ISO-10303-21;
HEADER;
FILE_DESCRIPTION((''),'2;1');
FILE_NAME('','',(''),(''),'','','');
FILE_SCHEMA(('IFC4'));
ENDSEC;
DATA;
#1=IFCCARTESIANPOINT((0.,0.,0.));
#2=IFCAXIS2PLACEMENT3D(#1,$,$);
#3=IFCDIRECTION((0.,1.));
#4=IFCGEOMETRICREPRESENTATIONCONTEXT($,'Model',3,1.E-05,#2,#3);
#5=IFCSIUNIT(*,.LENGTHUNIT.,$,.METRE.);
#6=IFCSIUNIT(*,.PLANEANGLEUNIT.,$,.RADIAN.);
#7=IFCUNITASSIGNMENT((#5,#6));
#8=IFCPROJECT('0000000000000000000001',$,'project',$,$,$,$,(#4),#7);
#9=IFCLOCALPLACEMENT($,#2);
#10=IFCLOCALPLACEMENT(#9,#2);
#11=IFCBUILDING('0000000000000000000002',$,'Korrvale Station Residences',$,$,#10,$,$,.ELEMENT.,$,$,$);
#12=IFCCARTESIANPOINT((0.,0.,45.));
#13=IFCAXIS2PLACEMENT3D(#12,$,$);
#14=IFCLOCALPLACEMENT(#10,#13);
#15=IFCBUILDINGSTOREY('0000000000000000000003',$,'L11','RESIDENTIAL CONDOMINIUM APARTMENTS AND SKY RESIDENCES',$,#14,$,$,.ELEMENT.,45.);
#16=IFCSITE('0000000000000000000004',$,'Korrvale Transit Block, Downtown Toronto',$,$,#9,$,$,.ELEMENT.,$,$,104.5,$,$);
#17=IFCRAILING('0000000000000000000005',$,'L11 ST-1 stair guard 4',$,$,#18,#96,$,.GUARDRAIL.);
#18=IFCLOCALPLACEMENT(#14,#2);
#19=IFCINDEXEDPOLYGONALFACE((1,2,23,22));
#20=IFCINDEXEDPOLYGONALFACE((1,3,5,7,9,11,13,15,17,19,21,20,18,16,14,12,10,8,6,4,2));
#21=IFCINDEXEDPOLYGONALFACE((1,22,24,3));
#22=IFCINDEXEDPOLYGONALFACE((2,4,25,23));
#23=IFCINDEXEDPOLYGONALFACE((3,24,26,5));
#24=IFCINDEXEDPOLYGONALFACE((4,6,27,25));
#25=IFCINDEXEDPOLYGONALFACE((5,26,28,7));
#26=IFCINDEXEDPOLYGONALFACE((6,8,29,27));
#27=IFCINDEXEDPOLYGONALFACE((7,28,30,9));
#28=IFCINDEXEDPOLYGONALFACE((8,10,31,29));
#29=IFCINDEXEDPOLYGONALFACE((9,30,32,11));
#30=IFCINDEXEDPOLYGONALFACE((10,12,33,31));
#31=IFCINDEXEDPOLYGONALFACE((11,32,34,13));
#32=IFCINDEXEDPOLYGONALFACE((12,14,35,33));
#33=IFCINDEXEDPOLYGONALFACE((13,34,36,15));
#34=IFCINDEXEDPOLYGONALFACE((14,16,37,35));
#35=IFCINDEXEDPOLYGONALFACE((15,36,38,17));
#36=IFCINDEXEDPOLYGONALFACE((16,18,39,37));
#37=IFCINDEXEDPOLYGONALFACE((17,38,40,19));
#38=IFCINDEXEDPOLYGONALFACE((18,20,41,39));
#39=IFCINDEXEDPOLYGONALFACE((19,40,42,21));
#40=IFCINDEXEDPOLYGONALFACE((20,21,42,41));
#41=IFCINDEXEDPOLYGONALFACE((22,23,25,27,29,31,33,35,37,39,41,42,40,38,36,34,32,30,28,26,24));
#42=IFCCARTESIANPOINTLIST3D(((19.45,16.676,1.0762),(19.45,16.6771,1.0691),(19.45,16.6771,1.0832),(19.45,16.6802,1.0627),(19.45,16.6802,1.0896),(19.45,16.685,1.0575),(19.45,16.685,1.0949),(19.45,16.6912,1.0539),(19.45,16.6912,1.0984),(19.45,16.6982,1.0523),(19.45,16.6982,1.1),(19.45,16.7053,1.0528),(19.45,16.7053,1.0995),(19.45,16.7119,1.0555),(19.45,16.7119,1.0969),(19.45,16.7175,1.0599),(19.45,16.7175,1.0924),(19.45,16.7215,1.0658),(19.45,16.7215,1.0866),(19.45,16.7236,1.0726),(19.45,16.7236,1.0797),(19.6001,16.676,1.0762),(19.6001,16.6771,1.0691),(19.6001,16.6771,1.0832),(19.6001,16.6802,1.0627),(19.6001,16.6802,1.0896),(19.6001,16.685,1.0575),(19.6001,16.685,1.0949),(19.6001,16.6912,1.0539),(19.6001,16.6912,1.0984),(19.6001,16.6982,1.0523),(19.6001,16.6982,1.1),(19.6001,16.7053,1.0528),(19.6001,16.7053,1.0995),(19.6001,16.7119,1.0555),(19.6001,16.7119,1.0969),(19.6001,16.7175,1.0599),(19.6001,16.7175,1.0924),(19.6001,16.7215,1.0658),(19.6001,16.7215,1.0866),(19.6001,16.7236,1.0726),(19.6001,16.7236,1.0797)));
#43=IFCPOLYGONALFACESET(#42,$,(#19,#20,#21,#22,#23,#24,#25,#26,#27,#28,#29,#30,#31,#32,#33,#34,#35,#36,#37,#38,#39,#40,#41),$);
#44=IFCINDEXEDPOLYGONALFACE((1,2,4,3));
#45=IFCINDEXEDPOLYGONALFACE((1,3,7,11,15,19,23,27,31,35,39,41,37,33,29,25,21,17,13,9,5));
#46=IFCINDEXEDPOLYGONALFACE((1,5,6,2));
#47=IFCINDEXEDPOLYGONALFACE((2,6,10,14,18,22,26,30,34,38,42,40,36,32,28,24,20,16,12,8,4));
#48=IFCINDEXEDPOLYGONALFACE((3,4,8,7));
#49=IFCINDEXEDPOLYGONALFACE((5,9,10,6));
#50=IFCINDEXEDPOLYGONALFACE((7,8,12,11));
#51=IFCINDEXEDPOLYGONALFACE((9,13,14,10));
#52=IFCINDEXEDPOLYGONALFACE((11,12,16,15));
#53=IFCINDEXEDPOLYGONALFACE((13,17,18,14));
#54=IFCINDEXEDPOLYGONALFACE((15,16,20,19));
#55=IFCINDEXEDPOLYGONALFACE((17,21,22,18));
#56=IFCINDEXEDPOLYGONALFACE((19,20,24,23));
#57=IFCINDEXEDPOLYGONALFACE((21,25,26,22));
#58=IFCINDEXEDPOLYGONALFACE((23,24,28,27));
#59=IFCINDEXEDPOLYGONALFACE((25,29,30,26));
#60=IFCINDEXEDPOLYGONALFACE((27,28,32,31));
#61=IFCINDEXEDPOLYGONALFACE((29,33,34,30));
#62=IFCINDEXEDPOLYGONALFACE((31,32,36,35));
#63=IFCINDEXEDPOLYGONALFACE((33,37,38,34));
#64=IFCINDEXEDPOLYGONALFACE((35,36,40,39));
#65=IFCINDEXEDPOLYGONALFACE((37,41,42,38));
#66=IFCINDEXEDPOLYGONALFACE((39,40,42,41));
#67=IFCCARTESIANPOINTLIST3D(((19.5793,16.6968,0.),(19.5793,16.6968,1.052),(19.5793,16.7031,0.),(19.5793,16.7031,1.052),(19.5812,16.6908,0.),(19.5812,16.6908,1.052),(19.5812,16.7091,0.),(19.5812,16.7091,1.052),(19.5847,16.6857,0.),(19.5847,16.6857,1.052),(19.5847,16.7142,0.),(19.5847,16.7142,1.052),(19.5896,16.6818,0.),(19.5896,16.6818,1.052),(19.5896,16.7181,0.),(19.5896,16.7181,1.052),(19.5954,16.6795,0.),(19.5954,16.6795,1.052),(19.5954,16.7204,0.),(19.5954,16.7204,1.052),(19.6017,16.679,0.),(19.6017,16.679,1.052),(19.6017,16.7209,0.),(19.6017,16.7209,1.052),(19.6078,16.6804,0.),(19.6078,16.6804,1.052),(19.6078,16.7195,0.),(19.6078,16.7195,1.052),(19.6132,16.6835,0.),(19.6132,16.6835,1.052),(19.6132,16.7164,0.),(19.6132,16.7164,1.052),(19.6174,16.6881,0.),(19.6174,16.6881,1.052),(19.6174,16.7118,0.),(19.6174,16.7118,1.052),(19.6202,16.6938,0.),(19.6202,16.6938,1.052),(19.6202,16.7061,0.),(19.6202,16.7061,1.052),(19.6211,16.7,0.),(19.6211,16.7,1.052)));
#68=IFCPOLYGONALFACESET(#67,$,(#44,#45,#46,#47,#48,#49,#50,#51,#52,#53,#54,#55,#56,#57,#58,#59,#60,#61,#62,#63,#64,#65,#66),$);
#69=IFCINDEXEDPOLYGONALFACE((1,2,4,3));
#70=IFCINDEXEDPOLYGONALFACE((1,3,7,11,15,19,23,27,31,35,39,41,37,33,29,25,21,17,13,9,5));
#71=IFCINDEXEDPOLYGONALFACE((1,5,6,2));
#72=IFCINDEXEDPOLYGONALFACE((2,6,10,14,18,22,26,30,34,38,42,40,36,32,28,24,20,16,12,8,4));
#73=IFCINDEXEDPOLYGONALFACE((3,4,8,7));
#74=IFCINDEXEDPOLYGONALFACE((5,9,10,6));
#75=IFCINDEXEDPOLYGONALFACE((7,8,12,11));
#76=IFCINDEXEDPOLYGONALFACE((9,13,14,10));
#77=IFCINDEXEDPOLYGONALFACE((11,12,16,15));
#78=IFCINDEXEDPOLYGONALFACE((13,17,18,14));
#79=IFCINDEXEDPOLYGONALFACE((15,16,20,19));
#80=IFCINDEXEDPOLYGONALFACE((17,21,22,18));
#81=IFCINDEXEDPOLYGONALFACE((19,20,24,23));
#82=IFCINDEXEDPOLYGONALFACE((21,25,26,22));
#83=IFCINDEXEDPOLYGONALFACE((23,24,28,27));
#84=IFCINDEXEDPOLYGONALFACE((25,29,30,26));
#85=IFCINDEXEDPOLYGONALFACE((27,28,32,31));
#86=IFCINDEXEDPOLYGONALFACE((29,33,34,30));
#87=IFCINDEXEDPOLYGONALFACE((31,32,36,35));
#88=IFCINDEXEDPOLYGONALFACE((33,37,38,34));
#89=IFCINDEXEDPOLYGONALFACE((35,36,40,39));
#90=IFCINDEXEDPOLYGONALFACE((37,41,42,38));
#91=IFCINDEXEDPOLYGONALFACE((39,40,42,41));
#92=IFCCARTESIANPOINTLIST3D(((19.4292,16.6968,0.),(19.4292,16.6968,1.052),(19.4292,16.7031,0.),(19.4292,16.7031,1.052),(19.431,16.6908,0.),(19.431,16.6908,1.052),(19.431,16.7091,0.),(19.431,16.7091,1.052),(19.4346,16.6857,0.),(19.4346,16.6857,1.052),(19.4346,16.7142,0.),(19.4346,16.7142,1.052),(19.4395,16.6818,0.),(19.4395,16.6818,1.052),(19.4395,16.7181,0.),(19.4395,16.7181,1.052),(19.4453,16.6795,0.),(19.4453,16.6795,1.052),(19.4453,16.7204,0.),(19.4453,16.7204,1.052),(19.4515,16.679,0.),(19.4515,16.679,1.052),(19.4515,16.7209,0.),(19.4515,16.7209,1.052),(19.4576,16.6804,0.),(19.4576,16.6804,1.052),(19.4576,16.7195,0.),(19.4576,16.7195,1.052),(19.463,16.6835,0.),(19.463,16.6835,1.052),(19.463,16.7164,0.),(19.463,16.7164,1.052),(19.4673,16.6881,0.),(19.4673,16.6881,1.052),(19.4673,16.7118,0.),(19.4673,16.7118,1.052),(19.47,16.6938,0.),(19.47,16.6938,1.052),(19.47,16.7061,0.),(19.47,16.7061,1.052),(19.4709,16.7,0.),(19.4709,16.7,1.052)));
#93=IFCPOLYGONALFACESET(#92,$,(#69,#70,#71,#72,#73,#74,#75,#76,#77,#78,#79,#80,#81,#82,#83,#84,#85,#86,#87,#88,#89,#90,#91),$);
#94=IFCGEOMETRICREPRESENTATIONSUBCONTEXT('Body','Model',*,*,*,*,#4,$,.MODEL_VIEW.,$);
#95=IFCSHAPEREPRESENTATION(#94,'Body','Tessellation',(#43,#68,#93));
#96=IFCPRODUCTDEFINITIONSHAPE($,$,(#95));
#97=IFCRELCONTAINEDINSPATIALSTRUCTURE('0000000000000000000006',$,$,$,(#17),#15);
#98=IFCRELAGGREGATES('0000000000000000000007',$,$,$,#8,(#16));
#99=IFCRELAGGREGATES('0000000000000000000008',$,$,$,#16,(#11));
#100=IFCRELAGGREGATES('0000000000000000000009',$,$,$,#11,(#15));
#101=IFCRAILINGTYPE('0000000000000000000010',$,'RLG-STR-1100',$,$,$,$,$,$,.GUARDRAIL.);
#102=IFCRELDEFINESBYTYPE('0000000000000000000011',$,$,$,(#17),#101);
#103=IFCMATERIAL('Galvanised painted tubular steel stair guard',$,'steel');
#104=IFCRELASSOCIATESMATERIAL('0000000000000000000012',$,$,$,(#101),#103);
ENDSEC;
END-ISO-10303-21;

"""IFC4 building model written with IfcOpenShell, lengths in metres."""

from ifc_helpers import new_model, si_unit, direction, frame, origin, origin_2d, place, context, subcontext, project, spatial, circle, extrude, material, type_object, element, save


model = new_model("IFC4")

# Units and contexts
model_context = context("Model", 3, precision=1e-05, world=origin(), true_north=direction((0.0, 1.0)))
body_context = subcontext(model_context, "Body", "Model", "MODEL_VIEW")
ifc_project = project(units=[si_unit("LENGTHUNIT", "METRE"), si_unit("PLANEANGLEUNIT", "RADIAN")], contexts=[model_context])

# Site, building, storey
site_placement = place(None, origin())
site = spatial("IfcSite", under=ifc_project, at=site_placement, Name="Korrvale Transit Block, Downtown Toronto", CompositionType="ELEMENT", RefElevation=104.5)
building_placement = place(site_placement, origin())
building = spatial("IfcBuilding", under=site, at=building_placement, Name="Korrvale Station Residences", CompositionType="ELEMENT")
storey_placement = place(building_placement, frame((0.0, 0.0, 45.0)))
storey = spatial("IfcBuildingStorey", under=building, at=storey_placement, Name="L11", Description="RESIDENTIAL CONDOMINIUM APARTMENTS AND SKY RESIDENCES", CompositionType="ELEMENT", Elevation=45.0)

# Railing
ifc_material_1 = material(Name="Galvanised painted tubular steel stair guard", Category="steel")
railing_type_1 = type_object("IfcRailingType", Name="RLG-STR-1100", PredefinedType="GUARDRAIL", material=ifc_material_1)
railing_1_placement = place(storey_placement, frame((19.6001, 16.7, 0.0)))
element("IfcRailing", 1, at=railing_1_placement, inside=storey, type_object=railing_type_1, Name="L11 ST-1 stair guard 4", PredefinedType="GUARDRAIL", context=body_context, shape_type="SweptSolid", body=[
    extrude(circle(Radius=0.0239, at=origin_2d()), frame((0.0, 0.0, 1.0762), z_axis=(-1.0, 0.0, 0.0), x_axis=(0.0, -1.0, 0.0)), (0.0, 0.0, 1.0), 0.1501),
    extrude(circle(Radius=0.021, at=origin_2d()), origin(), (0.0, 0.0, 1.0), 1.052),
    extrude(circle(Radius=0.021, at=origin_2d()), frame((-0.1501, 0.0, 0.0)), (0.0, 0.0, 1.0), 1.052),
])

save(model, "model.ifc")
